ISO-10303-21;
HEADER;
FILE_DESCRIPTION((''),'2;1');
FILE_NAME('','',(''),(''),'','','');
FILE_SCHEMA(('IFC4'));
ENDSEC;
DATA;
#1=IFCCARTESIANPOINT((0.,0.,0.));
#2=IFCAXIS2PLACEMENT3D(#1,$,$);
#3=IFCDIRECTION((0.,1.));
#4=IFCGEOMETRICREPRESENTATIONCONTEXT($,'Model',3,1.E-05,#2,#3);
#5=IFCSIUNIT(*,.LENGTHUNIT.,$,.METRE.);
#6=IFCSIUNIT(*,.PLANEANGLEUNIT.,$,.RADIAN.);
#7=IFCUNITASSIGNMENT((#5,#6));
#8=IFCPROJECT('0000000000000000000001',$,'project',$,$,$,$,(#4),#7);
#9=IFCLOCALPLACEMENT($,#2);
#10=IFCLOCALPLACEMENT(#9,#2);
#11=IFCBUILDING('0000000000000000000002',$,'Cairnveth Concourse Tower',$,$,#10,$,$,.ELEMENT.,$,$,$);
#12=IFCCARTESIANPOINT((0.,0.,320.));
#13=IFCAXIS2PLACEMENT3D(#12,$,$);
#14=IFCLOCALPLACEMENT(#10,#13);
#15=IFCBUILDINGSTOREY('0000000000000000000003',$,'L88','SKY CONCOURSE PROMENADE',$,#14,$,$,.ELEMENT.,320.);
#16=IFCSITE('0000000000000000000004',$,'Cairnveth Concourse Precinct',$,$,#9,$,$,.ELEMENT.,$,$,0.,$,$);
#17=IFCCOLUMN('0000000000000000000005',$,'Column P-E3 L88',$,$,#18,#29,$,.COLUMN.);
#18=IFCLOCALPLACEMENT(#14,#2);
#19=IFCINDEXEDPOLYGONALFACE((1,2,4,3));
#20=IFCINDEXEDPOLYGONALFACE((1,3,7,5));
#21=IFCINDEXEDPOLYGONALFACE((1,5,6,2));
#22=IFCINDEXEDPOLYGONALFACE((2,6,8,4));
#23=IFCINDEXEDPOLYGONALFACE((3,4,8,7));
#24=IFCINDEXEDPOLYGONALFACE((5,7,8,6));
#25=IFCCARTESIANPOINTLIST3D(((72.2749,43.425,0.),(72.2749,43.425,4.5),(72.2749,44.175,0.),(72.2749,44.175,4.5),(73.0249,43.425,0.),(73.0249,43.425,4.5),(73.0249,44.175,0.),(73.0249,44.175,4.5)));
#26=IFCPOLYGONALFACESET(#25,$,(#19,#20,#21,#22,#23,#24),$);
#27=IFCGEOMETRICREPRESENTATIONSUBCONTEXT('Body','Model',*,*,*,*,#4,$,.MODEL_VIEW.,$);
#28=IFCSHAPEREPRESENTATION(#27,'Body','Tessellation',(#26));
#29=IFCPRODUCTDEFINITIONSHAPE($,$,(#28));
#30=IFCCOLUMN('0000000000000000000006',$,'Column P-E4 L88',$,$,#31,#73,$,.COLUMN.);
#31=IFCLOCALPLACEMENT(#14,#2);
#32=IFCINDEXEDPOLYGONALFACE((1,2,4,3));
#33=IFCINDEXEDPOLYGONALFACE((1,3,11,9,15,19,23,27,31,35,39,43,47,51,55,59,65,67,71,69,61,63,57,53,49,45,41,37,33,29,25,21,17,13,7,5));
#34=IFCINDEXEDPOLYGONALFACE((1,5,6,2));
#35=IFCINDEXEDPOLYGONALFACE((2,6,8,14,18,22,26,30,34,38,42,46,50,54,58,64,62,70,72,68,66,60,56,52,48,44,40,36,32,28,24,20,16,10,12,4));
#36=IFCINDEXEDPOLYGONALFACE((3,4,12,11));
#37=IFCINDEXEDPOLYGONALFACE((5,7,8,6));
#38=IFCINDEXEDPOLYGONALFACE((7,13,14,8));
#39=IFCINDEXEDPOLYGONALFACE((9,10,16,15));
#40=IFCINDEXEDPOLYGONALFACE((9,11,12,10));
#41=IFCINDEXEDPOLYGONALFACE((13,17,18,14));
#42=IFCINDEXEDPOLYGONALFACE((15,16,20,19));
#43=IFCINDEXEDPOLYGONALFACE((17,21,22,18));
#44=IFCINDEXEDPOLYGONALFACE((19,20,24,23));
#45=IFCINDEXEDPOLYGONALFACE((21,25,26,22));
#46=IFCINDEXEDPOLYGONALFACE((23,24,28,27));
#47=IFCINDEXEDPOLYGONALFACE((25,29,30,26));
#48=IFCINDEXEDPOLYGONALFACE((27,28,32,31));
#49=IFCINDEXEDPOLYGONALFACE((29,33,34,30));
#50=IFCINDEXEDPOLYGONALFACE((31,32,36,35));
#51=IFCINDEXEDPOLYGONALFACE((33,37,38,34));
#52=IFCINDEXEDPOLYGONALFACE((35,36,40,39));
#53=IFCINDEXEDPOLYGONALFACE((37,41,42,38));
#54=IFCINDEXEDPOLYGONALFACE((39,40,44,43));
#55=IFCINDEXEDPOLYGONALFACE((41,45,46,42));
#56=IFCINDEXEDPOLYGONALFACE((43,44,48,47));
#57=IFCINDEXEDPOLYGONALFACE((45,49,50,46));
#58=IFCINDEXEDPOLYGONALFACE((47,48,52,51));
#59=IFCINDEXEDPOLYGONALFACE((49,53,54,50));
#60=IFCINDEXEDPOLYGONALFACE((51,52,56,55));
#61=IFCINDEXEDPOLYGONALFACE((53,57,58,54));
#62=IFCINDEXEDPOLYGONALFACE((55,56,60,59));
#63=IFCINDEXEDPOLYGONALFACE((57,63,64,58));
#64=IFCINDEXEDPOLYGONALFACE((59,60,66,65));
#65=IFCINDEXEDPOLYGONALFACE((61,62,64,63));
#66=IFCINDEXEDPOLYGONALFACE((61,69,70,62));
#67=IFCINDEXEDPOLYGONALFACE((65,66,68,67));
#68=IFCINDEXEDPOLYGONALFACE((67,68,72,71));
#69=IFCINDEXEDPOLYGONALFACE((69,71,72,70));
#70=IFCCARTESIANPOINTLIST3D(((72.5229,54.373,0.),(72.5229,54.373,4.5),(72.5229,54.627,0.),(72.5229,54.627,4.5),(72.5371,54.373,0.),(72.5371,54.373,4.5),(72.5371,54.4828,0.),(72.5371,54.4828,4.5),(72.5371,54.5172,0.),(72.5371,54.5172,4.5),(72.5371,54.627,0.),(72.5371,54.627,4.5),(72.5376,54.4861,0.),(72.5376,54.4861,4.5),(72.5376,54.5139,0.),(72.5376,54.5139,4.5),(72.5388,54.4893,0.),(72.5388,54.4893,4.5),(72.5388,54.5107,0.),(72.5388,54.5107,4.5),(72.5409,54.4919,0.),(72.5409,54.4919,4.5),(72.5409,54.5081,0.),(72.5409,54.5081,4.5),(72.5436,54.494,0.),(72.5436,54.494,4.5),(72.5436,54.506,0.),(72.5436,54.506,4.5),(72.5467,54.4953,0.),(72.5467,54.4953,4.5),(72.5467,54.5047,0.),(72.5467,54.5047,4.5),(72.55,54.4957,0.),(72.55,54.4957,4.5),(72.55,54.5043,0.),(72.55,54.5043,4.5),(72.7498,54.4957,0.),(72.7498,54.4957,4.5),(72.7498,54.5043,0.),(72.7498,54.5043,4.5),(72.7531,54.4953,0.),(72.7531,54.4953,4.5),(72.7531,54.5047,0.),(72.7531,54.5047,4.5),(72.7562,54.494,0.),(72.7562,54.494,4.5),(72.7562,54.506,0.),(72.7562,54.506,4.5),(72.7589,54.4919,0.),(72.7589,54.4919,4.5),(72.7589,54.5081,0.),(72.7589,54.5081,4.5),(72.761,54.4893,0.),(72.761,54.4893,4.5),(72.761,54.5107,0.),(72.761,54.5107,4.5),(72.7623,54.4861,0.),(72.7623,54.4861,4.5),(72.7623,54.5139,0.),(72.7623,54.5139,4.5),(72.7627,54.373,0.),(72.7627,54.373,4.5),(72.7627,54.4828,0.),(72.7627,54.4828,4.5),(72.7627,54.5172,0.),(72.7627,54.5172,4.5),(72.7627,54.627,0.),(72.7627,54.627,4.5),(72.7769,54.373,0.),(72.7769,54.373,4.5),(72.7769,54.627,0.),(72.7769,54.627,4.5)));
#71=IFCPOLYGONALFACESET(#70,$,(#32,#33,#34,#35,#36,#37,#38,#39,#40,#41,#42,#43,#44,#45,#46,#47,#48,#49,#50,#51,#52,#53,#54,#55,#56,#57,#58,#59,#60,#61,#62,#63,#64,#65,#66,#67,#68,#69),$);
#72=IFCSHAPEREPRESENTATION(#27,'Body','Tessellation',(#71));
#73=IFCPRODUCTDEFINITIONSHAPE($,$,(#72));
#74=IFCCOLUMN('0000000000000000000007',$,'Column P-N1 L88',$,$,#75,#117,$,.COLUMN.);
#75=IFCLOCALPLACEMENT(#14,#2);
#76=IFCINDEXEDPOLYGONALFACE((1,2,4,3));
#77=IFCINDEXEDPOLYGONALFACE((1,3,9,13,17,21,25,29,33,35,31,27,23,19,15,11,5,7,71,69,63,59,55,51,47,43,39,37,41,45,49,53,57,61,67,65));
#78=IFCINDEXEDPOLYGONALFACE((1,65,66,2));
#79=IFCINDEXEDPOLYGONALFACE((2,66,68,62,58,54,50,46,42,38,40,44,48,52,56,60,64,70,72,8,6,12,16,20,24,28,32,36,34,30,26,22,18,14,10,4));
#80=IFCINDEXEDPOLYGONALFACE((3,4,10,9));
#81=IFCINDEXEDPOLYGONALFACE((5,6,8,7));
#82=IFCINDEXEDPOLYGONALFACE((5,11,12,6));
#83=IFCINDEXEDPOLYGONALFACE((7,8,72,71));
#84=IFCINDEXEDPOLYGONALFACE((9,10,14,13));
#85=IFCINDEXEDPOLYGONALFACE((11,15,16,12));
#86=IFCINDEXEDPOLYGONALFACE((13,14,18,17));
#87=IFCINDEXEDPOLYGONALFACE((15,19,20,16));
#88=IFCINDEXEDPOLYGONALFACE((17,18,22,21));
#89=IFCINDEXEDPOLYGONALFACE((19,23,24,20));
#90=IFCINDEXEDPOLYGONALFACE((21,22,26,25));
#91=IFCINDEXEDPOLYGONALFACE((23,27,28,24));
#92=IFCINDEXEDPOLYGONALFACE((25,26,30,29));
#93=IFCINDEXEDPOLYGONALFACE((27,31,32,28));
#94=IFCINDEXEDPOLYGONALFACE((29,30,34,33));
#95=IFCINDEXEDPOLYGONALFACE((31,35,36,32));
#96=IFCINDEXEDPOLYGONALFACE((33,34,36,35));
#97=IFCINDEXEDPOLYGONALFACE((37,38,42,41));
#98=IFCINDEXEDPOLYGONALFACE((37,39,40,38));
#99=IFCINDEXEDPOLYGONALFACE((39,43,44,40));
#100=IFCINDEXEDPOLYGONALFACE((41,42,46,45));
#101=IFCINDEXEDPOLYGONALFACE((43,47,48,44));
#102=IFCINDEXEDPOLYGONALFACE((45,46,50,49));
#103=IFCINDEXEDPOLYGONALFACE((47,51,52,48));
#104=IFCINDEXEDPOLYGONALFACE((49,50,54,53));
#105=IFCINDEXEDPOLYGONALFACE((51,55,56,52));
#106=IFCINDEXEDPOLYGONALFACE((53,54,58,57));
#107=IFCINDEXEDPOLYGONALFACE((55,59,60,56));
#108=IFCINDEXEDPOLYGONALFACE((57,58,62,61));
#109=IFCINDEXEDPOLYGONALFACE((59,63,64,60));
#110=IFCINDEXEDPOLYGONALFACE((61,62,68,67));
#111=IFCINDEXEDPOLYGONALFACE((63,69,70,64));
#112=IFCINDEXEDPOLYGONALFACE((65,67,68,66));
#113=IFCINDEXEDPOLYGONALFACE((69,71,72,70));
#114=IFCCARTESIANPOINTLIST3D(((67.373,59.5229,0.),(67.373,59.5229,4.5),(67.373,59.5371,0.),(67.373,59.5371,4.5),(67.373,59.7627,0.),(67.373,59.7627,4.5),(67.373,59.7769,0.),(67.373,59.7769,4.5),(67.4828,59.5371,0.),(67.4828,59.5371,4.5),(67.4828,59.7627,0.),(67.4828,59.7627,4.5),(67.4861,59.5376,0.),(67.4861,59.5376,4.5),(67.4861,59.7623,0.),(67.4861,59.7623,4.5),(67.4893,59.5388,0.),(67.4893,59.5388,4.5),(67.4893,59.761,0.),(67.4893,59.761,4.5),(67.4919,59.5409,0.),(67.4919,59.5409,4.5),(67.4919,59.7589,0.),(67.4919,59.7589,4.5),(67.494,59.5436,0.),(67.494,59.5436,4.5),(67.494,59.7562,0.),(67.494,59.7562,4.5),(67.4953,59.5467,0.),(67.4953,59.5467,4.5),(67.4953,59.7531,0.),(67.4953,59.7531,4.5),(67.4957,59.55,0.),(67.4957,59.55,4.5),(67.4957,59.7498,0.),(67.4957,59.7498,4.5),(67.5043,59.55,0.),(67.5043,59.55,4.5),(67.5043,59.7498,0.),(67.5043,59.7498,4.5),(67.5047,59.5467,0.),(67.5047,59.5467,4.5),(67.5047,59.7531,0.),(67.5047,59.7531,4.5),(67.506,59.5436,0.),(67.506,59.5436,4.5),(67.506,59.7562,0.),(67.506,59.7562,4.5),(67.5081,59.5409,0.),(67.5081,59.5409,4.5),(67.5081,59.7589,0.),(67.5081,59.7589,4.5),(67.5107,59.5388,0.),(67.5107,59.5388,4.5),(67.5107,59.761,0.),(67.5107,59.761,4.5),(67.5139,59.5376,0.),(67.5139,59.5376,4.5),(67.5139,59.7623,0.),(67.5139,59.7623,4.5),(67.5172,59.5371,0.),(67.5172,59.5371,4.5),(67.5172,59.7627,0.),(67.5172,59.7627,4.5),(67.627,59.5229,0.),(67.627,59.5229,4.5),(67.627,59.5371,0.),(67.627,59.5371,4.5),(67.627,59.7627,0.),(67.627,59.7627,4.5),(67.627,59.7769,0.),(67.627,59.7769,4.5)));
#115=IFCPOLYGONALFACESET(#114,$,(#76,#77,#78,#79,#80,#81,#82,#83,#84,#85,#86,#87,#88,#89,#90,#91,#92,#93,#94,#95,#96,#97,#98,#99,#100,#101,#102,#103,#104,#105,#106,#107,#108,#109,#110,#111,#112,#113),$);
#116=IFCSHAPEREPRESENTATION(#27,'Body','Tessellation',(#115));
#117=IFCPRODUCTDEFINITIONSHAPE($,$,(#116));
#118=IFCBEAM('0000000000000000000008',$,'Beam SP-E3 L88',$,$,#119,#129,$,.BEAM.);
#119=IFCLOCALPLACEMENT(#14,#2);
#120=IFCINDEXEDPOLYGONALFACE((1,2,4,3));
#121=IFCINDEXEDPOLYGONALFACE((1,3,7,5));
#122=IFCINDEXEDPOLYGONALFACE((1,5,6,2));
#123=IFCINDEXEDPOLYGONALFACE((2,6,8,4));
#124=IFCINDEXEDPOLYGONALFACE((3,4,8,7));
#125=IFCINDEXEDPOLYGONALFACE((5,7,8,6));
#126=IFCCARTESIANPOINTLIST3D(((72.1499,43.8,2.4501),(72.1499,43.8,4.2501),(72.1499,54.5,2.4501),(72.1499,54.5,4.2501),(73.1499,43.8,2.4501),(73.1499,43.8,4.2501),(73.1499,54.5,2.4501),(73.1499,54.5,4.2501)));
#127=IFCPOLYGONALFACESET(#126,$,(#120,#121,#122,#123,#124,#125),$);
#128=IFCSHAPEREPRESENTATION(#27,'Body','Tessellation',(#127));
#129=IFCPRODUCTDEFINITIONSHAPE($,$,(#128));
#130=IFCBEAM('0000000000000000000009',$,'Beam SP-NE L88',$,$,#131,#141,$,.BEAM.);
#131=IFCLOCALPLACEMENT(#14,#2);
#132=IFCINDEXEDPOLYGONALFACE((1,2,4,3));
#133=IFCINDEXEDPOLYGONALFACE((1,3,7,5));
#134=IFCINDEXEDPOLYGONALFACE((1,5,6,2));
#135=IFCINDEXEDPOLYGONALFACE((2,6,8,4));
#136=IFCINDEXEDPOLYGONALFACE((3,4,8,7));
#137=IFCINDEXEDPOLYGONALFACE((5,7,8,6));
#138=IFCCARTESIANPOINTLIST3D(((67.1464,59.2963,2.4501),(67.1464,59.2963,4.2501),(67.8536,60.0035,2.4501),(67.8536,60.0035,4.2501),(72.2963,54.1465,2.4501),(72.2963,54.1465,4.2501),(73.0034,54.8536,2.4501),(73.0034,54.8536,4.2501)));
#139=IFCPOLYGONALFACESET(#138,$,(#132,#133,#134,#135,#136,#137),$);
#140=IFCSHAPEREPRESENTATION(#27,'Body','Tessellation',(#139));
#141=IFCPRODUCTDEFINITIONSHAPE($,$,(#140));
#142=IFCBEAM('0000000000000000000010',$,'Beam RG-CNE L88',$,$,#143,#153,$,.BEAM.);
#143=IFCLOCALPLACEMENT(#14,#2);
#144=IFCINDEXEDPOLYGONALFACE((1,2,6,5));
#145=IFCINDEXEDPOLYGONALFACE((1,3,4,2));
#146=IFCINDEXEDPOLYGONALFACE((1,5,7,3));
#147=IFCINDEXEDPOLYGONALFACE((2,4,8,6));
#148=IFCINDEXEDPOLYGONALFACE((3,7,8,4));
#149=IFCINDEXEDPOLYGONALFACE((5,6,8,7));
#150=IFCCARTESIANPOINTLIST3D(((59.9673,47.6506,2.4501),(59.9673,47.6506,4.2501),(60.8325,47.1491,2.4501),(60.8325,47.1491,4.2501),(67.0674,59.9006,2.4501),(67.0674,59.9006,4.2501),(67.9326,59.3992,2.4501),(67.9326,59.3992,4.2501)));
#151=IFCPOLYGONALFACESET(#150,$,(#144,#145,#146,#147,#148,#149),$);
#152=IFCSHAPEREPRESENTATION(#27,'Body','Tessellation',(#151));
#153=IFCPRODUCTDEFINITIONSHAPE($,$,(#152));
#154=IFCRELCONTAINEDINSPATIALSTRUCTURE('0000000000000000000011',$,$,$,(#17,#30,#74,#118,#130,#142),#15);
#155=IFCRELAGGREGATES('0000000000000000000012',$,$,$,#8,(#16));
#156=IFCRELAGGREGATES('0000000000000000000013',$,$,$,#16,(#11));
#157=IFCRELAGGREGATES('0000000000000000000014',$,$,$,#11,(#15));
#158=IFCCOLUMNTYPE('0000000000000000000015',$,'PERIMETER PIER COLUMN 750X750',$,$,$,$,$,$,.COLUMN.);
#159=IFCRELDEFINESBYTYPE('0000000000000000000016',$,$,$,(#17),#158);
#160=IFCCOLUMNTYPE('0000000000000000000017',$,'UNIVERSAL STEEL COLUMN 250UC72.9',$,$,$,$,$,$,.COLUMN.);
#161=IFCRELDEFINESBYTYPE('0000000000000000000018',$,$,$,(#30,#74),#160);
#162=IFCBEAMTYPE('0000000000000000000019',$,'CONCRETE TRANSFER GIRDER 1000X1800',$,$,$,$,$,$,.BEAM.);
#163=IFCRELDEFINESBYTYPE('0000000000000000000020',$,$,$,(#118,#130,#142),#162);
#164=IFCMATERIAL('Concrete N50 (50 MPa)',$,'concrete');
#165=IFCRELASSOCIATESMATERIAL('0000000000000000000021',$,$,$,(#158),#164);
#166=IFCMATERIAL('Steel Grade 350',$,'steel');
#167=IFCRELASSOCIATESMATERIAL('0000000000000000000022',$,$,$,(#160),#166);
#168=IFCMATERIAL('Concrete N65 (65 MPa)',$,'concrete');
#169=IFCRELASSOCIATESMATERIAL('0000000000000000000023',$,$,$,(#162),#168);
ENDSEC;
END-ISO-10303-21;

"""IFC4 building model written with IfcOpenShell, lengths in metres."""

from ifc_helpers import new_model, si_unit, direction, frame, origin, origin_2d, place, context, subcontext, project, spatial, rectangle, i_section, extrude, material, material_profile, profile_set, type_object, element, save


model = new_model("IFC4")

# Units and contexts
model_context = context("Model", 3, precision=1e-05, world=origin(), true_north=direction((0.0, 1.0)))
body_context = subcontext(model_context, "Body", "Model", "MODEL_VIEW")
ifc_project = project(units=[si_unit("LENGTHUNIT", "METRE"), si_unit("PLANEANGLEUNIT", "RADIAN")], contexts=[model_context])

# Site, building, storey
site_placement = place(None, origin())
site = spatial("IfcSite", under=ifc_project, at=site_placement, Name="Cairnveth Concourse Precinct", CompositionType="ELEMENT", RefElevation=0.0)
building_placement = place(site_placement, origin())
building = spatial("IfcBuilding", under=site, at=building_placement, Name="Cairnveth Concourse Tower", CompositionType="ELEMENT")
storey_placement = place(building_placement, frame((0.0, 0.0, 320.0)))
storey = spatial("IfcBuildingStorey", under=building, at=storey_placement, Name="L88", Description="SKY CONCOURSE PROMENADE", CompositionType="ELEMENT", Elevation=320.0)

# Columns
ifc_material_1 = material(Name="Concrete N50 (50 MPa)", Category="concrete")
ifc_material_profile_1 = material_profile(ifc_material_1, rectangle(XDim=0.75, YDim=0.75, at=origin_2d()), Name="RC-COL-750x750")
ifc_profile_set_1 = profile_set([ifc_material_profile_1], Name="Concrete N50 (50 MPa)")
column_type_1 = type_object("IfcColumnType", Name="PERIMETER PIER COLUMN 750X750", PredefinedType="COLUMN", material=ifc_profile_set_1)
column_placement = place(storey_placement, frame((72.6499, 43.8, 0.0), z_axis=(0.0, 0.0, 1.0), x_axis=(0.0, 1.0, 0.0)))
element("IfcColumn", 1, at=column_placement, inside=storey, type_object=column_type_1, Name="Column P-E3 L88", PredefinedType="COLUMN", context=body_context, shape_type="SweptSolid", body=[
    extrude(rectangle(XDim=0.75, YDim=0.75, at=origin_2d()), origin(), (0.0, 0.0, 1.0), 4.5),
])
ifc_material_2 = material(Name="Steel Grade 350", Category="steel")
ifc_material_profile_2 = material_profile(ifc_material_2, i_section(OverallWidth=0.2539, OverallDepth=0.2539, WebThickness=0.0085, FlangeThickness=0.0142, FilletRadius=0.0129, at=origin_2d()), Name="250UC72.9")
ifc_profile_set_2 = profile_set([ifc_material_profile_2], Name="Steel Grade 350")
column_type_2 = type_object("IfcColumnType", Name="UNIVERSAL STEEL COLUMN 250UC72.9", PredefinedType="COLUMN", material=ifc_profile_set_2)
for number, where, z_axis, x_axis, name in (
    (2, (72.6499, 54.5, 0.0), (0.0, 0.0, 1.0), (0.0, 1.0, 0.0), "Column P-E4 L88"),
    (3, (67.5, 59.6499, 0.0), (0.0, 0.0, 1.0), (1.0, 0.0, 0.0), "Column P-N1 L88"),
):
    element("IfcColumn", number, at=place(storey_placement, frame(where, z_axis=z_axis, x_axis=x_axis)), inside=storey, type_object=column_type_2, Name=name, PredefinedType="COLUMN", context=body_context, shape_type="SweptSolid", body=[
        extrude(i_section(OverallWidth=0.2539, OverallDepth=0.2539, WebThickness=0.0085, FlangeThickness=0.0142, FilletRadius=0.0129, at=origin_2d()), origin(), (0.0, 0.0, 1.0), 4.5),
    ])

# Beams
ifc_material_3 = material(Name="Concrete N65 (65 MPa)", Category="concrete")
ifc_material_profile_3 = material_profile(ifc_material_3, rectangle(XDim=1.0, YDim=1.8, at=origin_2d()), Name="RC-TB-1000x1800")
ifc_profile_set_3 = profile_set([ifc_material_profile_3], Name="Concrete N65 (65 MPa)")
beam_type_1 = type_object("IfcBeamType", Name="CONCRETE TRANSFER GIRDER 1000X1800", PredefinedType="BEAM", material=ifc_profile_set_3)
beam_1_placement = place(storey_placement, frame((72.6499, 43.8, 3.3501), z_axis=(0.0, 1.0, 0.0), x_axis=(-1.0, 0.0, 0.0)))
element("IfcBeam", 4, at=beam_1_placement, inside=storey, type_object=beam_type_1, Name="Beam SP-E3 L88", PredefinedType="BEAM", context=body_context, shape_type="SweptSolid", body=[
    extrude(rectangle(XDim=1.0, YDim=1.8, at=origin_2d()), origin(), (0.0, 0.0, 1.0), 10.7),
])
beam_2_placement = place(storey_placement, frame((67.5, 59.6499, 3.3501), z_axis=(0.707107, -0.707107, 0.0), x_axis=(0.707107, 0.707107, 0.0)))
element("IfcBeam", 5, at=beam_2_placement, inside=storey, type_object=beam_type_1, Name="Beam SP-NE L88", PredefinedType="BEAM", context=body_context, shape_type="SweptSolid", body=[
    extrude(rectangle(XDim=1.0, YDim=1.8, at=origin_2d()), origin(), (0.0, 0.0, 1.0), 7.283),
])
beam_3_placement = place(storey_placement, frame((67.5, 59.6499, 3.3501), z_axis=(-0.501459, -0.865181, 0.0), x_axis=(0.865181, -0.501459, 0.0)))
element("IfcBeam", 6, at=beam_3_placement, inside=storey, type_object=beam_type_1, Name="Beam RG-CNE L88", PredefinedType="BEAM", context=body_context, shape_type="SweptSolid", body=[
    extrude(rectangle(XDim=1.0, YDim=1.8, at=origin_2d()), origin(), (0.0, 0.0, 1.0), 14.1589),
])

save(model, "model.ifc")
